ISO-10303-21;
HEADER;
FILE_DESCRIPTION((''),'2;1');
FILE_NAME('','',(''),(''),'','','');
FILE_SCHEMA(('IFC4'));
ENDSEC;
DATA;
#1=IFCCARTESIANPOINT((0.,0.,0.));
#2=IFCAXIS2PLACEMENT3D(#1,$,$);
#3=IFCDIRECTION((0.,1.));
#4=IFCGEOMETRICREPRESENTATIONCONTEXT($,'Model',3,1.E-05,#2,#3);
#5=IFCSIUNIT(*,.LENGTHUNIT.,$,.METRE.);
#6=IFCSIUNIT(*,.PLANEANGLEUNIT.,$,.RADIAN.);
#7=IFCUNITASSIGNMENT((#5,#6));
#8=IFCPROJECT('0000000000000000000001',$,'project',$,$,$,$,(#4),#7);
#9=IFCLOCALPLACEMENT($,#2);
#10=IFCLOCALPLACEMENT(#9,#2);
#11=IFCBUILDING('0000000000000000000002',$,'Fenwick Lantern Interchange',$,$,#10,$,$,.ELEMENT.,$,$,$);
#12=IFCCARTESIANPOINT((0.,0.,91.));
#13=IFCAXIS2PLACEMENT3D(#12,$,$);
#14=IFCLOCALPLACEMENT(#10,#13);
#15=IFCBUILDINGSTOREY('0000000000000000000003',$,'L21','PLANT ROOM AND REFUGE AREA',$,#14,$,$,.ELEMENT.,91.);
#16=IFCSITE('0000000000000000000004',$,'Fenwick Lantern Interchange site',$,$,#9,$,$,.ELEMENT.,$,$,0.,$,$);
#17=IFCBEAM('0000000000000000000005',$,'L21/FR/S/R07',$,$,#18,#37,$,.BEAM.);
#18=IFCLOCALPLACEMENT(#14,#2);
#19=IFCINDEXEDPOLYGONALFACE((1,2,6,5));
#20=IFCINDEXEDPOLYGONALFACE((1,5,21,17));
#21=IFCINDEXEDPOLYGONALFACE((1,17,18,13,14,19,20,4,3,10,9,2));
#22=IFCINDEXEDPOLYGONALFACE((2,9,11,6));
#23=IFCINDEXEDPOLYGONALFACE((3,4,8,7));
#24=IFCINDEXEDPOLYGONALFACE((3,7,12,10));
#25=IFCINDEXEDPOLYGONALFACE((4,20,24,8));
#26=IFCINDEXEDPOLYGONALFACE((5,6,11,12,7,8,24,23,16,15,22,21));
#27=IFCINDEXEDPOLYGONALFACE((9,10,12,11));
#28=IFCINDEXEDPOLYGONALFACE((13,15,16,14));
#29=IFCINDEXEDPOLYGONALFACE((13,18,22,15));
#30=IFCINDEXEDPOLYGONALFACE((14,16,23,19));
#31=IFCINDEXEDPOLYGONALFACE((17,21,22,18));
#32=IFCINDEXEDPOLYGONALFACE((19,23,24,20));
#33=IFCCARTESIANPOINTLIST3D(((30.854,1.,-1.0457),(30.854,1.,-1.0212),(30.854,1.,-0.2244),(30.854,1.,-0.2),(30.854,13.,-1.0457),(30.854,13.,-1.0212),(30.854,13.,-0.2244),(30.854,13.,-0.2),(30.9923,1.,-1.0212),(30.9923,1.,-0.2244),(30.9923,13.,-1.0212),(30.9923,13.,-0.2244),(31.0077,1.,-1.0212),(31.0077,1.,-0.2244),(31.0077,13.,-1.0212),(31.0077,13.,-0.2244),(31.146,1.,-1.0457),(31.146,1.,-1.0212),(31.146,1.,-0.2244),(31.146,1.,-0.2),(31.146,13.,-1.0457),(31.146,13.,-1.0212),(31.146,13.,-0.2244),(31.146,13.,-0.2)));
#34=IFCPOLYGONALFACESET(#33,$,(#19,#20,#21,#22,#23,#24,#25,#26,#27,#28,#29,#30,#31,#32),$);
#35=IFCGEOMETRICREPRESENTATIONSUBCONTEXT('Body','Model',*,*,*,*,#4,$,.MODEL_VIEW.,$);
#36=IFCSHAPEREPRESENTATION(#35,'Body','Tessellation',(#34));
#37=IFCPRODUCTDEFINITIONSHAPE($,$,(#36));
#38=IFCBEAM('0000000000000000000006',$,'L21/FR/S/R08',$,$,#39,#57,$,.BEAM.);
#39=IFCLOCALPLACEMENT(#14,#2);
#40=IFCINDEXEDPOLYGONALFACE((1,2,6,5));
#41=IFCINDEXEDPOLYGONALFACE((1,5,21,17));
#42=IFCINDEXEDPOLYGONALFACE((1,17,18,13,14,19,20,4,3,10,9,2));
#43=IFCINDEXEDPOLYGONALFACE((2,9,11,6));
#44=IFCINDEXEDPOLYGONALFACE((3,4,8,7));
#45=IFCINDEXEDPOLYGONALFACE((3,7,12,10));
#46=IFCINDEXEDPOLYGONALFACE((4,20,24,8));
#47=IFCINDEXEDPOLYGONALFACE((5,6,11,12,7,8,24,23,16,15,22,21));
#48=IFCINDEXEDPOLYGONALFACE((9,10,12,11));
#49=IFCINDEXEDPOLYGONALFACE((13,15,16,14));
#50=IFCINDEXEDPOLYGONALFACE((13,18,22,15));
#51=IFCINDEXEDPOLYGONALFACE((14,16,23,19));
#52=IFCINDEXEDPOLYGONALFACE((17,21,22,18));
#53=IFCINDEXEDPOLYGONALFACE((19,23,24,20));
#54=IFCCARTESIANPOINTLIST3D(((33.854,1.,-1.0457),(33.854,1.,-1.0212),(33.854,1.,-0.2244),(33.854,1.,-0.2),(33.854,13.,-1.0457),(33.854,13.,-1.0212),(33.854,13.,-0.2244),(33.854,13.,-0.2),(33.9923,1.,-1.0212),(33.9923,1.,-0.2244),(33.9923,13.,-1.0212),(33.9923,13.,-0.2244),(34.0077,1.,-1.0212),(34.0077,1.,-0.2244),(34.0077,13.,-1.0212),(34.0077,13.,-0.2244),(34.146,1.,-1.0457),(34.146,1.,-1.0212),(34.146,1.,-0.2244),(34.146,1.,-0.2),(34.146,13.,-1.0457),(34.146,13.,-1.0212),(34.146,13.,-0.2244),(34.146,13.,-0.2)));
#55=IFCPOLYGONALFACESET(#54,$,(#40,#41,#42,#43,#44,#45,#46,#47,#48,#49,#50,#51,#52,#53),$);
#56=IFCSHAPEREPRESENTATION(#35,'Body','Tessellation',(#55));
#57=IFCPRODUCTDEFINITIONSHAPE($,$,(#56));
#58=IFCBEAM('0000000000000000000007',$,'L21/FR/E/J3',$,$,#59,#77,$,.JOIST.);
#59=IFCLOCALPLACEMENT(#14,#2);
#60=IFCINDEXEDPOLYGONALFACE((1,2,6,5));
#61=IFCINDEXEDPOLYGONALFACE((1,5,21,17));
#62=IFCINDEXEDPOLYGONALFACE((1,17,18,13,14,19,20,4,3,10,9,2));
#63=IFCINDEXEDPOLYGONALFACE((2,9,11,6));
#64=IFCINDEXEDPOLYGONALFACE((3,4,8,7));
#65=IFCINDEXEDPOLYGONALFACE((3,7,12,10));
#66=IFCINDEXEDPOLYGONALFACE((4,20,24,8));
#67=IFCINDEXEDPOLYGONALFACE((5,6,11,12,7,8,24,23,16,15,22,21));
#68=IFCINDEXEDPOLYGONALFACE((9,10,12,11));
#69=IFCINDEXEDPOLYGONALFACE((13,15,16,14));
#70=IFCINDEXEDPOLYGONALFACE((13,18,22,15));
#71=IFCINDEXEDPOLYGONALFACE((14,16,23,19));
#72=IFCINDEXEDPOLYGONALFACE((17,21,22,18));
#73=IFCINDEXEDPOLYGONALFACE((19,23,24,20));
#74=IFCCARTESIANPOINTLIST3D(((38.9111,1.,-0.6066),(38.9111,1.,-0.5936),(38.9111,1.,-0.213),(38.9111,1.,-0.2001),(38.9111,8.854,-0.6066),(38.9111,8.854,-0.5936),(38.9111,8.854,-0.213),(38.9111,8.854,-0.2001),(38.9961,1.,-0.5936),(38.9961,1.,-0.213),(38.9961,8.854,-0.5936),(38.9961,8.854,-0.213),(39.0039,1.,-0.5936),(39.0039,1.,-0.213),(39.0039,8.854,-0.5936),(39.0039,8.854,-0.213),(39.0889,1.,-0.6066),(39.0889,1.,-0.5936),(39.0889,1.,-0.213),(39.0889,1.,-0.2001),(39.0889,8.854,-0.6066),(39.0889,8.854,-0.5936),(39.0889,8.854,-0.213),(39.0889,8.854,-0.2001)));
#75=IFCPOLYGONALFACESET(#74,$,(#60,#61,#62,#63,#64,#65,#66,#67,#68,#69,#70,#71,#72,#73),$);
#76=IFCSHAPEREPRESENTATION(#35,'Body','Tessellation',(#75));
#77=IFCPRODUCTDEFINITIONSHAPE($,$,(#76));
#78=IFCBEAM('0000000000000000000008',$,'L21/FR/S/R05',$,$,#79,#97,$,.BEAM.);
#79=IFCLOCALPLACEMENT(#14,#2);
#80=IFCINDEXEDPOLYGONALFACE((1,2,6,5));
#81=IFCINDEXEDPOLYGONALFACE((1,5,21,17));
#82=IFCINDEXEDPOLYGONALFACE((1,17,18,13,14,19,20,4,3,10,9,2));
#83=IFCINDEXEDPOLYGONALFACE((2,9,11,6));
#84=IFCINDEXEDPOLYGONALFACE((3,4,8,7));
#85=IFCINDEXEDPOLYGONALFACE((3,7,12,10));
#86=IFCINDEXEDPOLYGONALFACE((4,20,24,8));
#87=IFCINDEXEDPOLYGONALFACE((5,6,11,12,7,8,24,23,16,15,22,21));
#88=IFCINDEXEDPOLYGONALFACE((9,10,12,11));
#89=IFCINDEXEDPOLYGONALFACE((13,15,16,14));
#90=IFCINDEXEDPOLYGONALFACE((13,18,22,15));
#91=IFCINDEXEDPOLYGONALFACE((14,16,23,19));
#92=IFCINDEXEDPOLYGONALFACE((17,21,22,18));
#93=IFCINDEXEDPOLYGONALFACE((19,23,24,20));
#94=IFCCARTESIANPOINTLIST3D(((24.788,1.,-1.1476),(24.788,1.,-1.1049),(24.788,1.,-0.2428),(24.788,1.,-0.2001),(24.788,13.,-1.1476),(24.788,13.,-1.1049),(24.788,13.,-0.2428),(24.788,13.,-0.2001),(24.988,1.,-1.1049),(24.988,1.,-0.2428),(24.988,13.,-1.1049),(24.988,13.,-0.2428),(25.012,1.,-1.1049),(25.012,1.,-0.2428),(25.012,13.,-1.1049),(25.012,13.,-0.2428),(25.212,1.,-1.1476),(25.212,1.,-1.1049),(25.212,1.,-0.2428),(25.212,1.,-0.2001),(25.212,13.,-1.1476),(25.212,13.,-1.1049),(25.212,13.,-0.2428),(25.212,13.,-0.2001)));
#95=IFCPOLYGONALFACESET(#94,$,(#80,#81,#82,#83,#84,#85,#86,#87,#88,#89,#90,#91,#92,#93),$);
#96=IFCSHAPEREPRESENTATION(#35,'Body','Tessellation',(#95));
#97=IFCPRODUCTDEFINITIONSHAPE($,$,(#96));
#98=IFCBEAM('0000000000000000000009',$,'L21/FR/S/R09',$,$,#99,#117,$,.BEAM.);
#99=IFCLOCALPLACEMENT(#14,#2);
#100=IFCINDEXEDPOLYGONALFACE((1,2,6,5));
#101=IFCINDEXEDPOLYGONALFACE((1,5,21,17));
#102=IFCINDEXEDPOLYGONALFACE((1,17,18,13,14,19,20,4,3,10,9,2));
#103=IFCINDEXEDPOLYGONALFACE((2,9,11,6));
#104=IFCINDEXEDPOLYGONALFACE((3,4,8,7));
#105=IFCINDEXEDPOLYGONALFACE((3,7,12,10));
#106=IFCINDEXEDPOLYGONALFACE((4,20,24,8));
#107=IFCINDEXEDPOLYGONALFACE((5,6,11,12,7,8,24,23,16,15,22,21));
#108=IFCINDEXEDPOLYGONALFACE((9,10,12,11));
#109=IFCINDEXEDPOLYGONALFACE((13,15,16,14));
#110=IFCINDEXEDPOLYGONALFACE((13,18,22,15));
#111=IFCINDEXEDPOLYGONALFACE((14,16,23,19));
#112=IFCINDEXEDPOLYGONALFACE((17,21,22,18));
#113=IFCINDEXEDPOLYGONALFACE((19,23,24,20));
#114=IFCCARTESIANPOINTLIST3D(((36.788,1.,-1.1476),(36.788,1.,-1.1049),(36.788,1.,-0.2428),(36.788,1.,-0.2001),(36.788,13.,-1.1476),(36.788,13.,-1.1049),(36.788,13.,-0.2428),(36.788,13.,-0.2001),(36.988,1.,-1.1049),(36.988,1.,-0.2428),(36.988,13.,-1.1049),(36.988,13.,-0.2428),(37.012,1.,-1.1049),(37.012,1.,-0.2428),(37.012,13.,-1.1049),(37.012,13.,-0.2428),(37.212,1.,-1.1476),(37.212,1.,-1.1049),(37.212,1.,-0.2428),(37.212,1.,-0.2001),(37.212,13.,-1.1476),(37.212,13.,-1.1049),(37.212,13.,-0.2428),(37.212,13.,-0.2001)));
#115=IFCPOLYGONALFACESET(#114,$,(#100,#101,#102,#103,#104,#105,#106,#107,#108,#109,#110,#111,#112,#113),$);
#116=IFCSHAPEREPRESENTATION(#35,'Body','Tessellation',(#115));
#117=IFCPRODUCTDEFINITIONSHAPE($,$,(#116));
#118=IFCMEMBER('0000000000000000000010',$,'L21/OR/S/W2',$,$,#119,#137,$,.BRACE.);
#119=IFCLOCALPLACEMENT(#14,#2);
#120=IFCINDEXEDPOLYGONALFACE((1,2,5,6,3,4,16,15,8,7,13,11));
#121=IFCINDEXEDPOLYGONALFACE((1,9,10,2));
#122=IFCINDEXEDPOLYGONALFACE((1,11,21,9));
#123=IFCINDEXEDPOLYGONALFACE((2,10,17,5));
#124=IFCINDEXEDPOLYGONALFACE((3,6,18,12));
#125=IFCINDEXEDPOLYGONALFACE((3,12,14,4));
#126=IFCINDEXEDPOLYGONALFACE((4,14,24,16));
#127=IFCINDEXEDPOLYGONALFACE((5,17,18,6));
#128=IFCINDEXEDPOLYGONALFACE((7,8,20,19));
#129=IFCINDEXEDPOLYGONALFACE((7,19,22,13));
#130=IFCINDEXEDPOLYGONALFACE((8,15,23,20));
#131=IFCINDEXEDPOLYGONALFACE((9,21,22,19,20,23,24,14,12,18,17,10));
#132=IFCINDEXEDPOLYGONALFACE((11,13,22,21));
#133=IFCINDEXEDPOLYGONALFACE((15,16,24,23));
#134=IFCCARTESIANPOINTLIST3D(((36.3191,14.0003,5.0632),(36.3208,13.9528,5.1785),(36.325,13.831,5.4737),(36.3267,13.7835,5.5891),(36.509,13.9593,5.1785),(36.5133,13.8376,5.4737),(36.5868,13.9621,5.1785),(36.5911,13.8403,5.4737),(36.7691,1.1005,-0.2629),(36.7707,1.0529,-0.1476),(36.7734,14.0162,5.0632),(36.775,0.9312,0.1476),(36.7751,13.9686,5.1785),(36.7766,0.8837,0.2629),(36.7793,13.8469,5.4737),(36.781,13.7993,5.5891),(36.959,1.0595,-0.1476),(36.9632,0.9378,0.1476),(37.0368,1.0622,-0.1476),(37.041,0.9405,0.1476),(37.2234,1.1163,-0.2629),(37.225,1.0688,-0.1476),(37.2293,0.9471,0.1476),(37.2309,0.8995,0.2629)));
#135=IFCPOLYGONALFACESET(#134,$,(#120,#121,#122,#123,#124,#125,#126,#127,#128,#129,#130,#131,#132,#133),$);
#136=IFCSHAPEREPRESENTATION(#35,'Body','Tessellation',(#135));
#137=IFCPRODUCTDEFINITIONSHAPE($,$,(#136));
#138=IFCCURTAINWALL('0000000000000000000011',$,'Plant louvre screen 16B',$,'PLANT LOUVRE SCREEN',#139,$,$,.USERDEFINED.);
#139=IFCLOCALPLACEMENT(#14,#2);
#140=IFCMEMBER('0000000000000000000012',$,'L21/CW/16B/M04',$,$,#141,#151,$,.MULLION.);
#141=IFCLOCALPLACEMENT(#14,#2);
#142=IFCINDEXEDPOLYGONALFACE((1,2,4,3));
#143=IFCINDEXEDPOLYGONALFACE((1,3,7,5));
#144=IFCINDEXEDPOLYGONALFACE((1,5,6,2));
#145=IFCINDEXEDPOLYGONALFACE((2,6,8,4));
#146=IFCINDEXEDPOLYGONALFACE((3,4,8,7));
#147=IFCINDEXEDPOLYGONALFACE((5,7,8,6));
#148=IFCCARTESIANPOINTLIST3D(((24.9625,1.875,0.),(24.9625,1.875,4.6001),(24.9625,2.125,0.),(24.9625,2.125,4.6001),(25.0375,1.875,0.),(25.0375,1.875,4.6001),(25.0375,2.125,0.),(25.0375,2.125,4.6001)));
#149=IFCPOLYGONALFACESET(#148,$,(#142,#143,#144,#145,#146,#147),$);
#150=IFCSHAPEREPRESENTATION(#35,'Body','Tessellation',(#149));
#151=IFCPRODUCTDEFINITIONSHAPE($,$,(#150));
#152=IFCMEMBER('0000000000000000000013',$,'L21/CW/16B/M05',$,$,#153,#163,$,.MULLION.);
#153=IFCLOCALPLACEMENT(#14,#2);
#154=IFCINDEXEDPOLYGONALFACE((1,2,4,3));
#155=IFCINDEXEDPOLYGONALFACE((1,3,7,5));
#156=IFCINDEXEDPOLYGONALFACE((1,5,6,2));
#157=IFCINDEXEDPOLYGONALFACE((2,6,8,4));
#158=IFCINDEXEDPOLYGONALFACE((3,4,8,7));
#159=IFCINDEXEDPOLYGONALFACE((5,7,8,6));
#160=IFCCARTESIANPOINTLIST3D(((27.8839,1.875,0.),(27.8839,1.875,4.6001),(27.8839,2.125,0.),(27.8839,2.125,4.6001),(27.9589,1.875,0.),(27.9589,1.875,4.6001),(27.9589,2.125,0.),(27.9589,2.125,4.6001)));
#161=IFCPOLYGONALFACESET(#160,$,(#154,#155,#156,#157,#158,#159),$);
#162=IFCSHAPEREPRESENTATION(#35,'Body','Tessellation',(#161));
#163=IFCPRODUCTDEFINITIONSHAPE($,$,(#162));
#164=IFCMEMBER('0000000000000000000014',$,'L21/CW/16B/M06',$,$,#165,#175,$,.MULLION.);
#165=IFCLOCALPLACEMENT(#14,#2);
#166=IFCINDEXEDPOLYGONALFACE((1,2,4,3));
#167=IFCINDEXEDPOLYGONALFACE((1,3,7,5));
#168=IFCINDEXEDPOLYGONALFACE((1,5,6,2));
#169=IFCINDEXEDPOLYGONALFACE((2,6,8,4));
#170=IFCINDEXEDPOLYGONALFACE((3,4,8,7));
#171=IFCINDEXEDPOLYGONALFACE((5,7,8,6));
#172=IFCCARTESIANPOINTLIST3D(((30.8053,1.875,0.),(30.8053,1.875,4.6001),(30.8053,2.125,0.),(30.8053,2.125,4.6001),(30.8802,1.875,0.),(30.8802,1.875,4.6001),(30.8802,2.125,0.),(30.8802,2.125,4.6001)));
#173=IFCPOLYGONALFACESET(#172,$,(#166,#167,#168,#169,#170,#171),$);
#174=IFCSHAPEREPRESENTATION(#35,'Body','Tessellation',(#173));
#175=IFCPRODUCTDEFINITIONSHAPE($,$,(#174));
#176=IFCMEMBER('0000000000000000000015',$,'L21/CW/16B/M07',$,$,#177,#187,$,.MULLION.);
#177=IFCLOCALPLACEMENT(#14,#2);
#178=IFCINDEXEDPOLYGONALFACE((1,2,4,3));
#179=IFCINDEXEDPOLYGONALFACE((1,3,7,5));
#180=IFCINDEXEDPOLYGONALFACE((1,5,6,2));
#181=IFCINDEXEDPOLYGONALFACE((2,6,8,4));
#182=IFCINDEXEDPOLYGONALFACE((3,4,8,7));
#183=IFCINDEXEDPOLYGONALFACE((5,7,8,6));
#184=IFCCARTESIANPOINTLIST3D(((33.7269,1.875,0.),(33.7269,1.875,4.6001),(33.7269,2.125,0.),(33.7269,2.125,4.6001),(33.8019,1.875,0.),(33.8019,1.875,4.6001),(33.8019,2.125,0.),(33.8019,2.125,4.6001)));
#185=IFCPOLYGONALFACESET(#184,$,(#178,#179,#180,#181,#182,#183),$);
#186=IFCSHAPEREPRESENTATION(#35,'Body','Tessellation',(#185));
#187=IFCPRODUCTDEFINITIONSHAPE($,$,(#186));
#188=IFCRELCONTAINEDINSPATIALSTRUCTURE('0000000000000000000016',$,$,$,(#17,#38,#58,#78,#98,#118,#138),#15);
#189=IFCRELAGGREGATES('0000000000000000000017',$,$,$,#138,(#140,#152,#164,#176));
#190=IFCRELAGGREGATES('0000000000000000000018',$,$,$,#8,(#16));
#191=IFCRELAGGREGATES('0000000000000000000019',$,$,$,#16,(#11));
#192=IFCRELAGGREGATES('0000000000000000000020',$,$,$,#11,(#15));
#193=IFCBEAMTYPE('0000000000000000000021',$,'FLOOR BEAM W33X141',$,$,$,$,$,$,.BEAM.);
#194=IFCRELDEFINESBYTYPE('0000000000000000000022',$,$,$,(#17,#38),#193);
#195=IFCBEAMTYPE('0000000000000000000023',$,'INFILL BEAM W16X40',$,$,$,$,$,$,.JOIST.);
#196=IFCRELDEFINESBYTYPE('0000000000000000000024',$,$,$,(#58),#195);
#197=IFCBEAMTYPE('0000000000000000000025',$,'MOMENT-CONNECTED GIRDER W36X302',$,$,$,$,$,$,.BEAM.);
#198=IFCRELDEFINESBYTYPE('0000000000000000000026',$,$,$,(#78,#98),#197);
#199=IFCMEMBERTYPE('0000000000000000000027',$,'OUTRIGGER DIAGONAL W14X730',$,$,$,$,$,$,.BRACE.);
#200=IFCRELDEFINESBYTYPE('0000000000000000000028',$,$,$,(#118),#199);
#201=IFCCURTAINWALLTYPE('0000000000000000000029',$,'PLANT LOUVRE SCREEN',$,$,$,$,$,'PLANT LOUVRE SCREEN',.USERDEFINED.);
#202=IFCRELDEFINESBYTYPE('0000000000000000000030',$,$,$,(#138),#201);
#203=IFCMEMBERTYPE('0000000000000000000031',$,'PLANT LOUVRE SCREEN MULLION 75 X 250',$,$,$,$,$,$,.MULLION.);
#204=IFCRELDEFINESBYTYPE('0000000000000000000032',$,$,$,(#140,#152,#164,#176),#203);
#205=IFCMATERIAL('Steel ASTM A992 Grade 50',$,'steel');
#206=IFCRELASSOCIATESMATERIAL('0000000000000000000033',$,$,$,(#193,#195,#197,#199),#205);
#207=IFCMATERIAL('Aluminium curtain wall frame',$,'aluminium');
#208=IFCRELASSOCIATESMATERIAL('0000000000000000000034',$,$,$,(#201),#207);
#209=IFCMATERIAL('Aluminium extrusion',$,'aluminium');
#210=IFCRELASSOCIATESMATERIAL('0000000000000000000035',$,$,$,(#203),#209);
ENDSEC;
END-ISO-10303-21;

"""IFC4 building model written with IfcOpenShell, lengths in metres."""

from ifc_helpers import new_model, si_unit, direction, frame, origin, origin_2d, place, context, subcontext, project, spatial, rectangle, i_section, extrude, material, material_profile, profile_set, type_object, element, aggregate, save


model = new_model("IFC4")

# Units and contexts
model_context = context("Model", 3, precision=1e-05, world=origin(), true_north=direction((0.0, 1.0)))
body_context = subcontext(model_context, "Body", "Model", "MODEL_VIEW")
ifc_project = project(units=[si_unit("LENGTHUNIT", "METRE"), si_unit("PLANEANGLEUNIT", "RADIAN")], contexts=[model_context])

# Site, building, storey
site_placement = place(None, origin())
site = spatial("IfcSite", under=ifc_project, at=site_placement, Name="Fenwick Lantern Interchange site", CompositionType="ELEMENT", RefElevation=0.0)
building_placement = place(site_placement, origin())
building = spatial("IfcBuilding", under=site, at=building_placement, Name="Fenwick Lantern Interchange", CompositionType="ELEMENT")
storey_placement = place(building_placement, frame((0.0, 0.0, 91.0)))
storey = spatial("IfcBuildingStorey", under=building, at=storey_placement, Name="L21", Description="PLANT ROOM AND REFUGE AREA", CompositionType="ELEMENT", Elevation=91.0)

# Shared definitions
ifc_material_1 = material(Name="Steel ASTM A992 Grade 50", Category="steel")

# Beams
ifc_material_profile_1 = material_profile(ifc_material_1, i_section(OverallWidth=0.292, OverallDepth=0.8457, WebThickness=0.0154, FlangeThickness=0.0244, at=origin_2d()), Name="W33X141")
ifc_profile_set_1 = profile_set([ifc_material_profile_1], Name="Steel ASTM A992 Grade 50")
beam_type_1 = type_object("IfcBeamType", Name="FLOOR BEAM W33X141", PredefinedType="BEAM", material=ifc_profile_set_1)
for number, where, z_axis, x_axis, name in (
    (1, (31.0, 1.0, -0.6228), (0.0, 1.0, 0.0), (-1.0, 0.0, 0.0), "L21/FR/S/R07"),
    (2, (34.0, 1.0, -0.6228), (0.0, 1.0, 0.0), (-1.0, 0.0, 0.0), "L21/FR/S/R08"),
):
    element("IfcBeam", number, at=place(storey_placement, frame(where, z_axis=z_axis, x_axis=x_axis)), inside=storey, type_object=beam_type_1, Name=name, PredefinedType="BEAM", context=body_context, shape_type="SweptSolid", body=[
        extrude(i_section(OverallWidth=0.292, OverallDepth=0.8457, WebThickness=0.0154, FlangeThickness=0.0244, at=origin_2d()), origin(), (0.0, 0.0, 1.0), 12.0),
    ])
ifc_material_profile_2 = material_profile(ifc_material_1, i_section(OverallWidth=0.1777, OverallDepth=0.4065, WebThickness=0.0078, FlangeThickness=0.0129, at=origin_2d()), Name="W16X40")
ifc_profile_set_2 = profile_set([ifc_material_profile_2], Name="Steel ASTM A992 Grade 50")
beam_type_2 = type_object("IfcBeamType", Name="INFILL BEAM W16X40", PredefinedType="JOIST", material=ifc_profile_set_2)
beam_1_placement = place(storey_placement, frame((39.0, 1.0, -0.4033), z_axis=(0.0, 1.0, 0.0), x_axis=(-1.0, 0.0, 0.0)))
element("IfcBeam", 3, at=beam_1_placement, inside=storey, type_object=beam_type_2, Name="L21/FR/E/J3", PredefinedType="JOIST", context=body_context, shape_type="SweptSolid", body=[
    extrude(i_section(OverallWidth=0.1777, OverallDepth=0.4065, WebThickness=0.0078, FlangeThickness=0.0129, at=origin_2d()), origin(), (0.0, 0.0, 1.0), 7.854),
])
ifc_material_profile_3 = material_profile(ifc_material_1, i_section(OverallWidth=0.4241, OverallDepth=0.9475, WebThickness=0.0239, FlangeThickness=0.0427, at=origin_2d()), Name="W36X302")
ifc_profile_set_3 = profile_set([ifc_material_profile_3], Name="Steel ASTM A992 Grade 50")
beam_type_3 = type_object("IfcBeamType", Name="MOMENT-CONNECTED GIRDER W36X302", PredefinedType="BEAM", material=ifc_profile_set_3)
for number, where, z_axis, x_axis, name in (
    (4, (25.0, 1.0, -0.6738), (0.0, 1.0, 0.0), (-1.0, 0.0, 0.0), "L21/FR/S/R05"),
    (5, (37.0, 1.0, -0.6738), (0.0, 1.0, 0.0), (-1.0, 0.0, 0.0), "L21/FR/S/R09"),
):
    element("IfcBeam", number, at=place(storey_placement, frame(where, z_axis=z_axis, x_axis=x_axis)), inside=storey, type_object=beam_type_3, Name=name, PredefinedType="BEAM", context=body_context, shape_type="SweptSolid", body=[
        extrude(i_section(OverallWidth=0.4241, OverallDepth=0.9475, WebThickness=0.0239, FlangeThickness=0.0427, at=origin_2d()), origin(), (0.0, 0.0, 1.0), 12.0),
    ])

# Member
ifc_material_profile_4 = material_profile(ifc_material_1, i_section(OverallWidth=0.4546, OverallDepth=0.5688, WebThickness=0.0779, FlangeThickness=0.1248, at=origin_2d()), Name="W14X730")
ifc_profile_set_4 = profile_set([ifc_material_profile_4], Name="Steel ASTM A992 Grade 50")
member_type_1 = type_object("IfcMemberType", Name="OUTRIGGER DIAGONAL W14X730", PredefinedType="BRACE", material=ifc_profile_set_4)
member_1_placement = place(storey_placement, frame((37.0, 1.0, 0.0), z_axis=(-0.032223, 0.923833, 0.381437), x_axis=(-0.999392, -0.034859, 0.0)))
element("IfcMember", 6, at=member_1_placement, inside=storey, type_object=member_type_1, Name="L21/OR/S/W2", PredefinedType="BRACE", context=body_context, shape_type="SweptSolid", body=[
    extrude(i_section(OverallWidth=0.4546, OverallDepth=0.5688, WebThickness=0.0779, FlangeThickness=0.1248, at=origin_2d()), origin(), (0.0, 0.0, 1.0), 13.9634),
])

# Curtain wall, members
ifc_material_2 = material(Name="Aluminium curtain wall frame", Category="aluminium")
curtain_wall_type = type_object("IfcCurtainWallType", Name="PLANT LOUVRE SCREEN", ElementType="PLANT LOUVRE SCREEN", PredefinedType="USERDEFINED", material=ifc_material_2)
curtain_wall_placement = place(storey_placement, origin())
curtain_wall = element("IfcCurtainWall", 7, at=curtain_wall_placement, inside=storey, type_object=curtain_wall_type, Name="Plant louvre screen 16B", ObjectType="PLANT LOUVRE SCREEN", PredefinedType="USERDEFINED")
ifc_material_3 = material(Name="Aluminium extrusion", Category="aluminium")
ifc_material_profile_5 = material_profile(ifc_material_3, rectangle(XDim=0.25, YDim=0.075, at=origin_2d()), Name="PLANT LOUVRE SCREEN MULLION 75 X 250")
ifc_profile_set_5 = profile_set([ifc_material_profile_5], Name="Aluminium extrusion")
member_type_2 = type_object("IfcMemberType", Name="PLANT LOUVRE SCREEN MULLION 75 X 250", PredefinedType="MULLION", material=ifc_profile_set_5)
member_2_placement = place(storey_placement, frame((25.0, 2.0, 0.0), z_axis=(0.0, 0.0, 1.0), x_axis=(0.0, 1.0, 0.0)))
member_2 = element("IfcMember", 8, at=member_2_placement, type_object=member_type_2, Name="L21/CW/16B/M04", PredefinedType="MULLION", context=body_context, shape_type="SweptSolid", body=[
    extrude(rectangle(XDim=0.25, YDim=0.075, at=origin_2d()), origin(), (0.0, 0.0, 1.0), 4.6001),
])
member_3_placement = place(storey_placement, frame((27.9214, 2.0, 0.0), z_axis=(0.0, 0.0, 1.0), x_axis=(0.0, 1.0, 0.0)))
member_3 = element("IfcMember", 9, at=member_3_placement, type_object=member_type_2, Name="L21/CW/16B/M05", PredefinedType="MULLION", context=body_context, shape_type="SweptSolid", body=[
    extrude(rectangle(XDim=0.25, YDim=0.075, at=origin_2d()), origin(), (0.0, 0.0, 1.0), 4.6001),
])
member_4_placement = place(storey_placement, frame((30.8428, 2.0, 0.0), z_axis=(0.0, 0.0, 1.0), x_axis=(0.0, 1.0, 0.0)))
member_4 = element("IfcMember", 10, at=member_4_placement, type_object=member_type_2, Name="L21/CW/16B/M06", PredefinedType="MULLION", context=body_context, shape_type="SweptSolid", body=[
    extrude(rectangle(XDim=0.25, YDim=0.075, at=origin_2d()), origin(), (0.0, 0.0, 1.0), 4.6001),
])
member_5_placement = place(storey_placement, frame((33.7644, 2.0, 0.0), z_axis=(0.0, 0.0, 1.0), x_axis=(0.0, 1.0, 0.0)))
member_5 = element("IfcMember", 11, at=member_5_placement, type_object=member_type_2, Name="L21/CW/16B/M07", PredefinedType="MULLION", context=body_context, shape_type="SweptSolid", body=[
    extrude(rectangle(XDim=0.25, YDim=0.075, at=origin_2d()), origin(), (0.0, 0.0, 1.0), 4.6001),
])

aggregate(curtain_wall, [member_2, member_3, member_4, member_5])

save(model, "model.ifc")
